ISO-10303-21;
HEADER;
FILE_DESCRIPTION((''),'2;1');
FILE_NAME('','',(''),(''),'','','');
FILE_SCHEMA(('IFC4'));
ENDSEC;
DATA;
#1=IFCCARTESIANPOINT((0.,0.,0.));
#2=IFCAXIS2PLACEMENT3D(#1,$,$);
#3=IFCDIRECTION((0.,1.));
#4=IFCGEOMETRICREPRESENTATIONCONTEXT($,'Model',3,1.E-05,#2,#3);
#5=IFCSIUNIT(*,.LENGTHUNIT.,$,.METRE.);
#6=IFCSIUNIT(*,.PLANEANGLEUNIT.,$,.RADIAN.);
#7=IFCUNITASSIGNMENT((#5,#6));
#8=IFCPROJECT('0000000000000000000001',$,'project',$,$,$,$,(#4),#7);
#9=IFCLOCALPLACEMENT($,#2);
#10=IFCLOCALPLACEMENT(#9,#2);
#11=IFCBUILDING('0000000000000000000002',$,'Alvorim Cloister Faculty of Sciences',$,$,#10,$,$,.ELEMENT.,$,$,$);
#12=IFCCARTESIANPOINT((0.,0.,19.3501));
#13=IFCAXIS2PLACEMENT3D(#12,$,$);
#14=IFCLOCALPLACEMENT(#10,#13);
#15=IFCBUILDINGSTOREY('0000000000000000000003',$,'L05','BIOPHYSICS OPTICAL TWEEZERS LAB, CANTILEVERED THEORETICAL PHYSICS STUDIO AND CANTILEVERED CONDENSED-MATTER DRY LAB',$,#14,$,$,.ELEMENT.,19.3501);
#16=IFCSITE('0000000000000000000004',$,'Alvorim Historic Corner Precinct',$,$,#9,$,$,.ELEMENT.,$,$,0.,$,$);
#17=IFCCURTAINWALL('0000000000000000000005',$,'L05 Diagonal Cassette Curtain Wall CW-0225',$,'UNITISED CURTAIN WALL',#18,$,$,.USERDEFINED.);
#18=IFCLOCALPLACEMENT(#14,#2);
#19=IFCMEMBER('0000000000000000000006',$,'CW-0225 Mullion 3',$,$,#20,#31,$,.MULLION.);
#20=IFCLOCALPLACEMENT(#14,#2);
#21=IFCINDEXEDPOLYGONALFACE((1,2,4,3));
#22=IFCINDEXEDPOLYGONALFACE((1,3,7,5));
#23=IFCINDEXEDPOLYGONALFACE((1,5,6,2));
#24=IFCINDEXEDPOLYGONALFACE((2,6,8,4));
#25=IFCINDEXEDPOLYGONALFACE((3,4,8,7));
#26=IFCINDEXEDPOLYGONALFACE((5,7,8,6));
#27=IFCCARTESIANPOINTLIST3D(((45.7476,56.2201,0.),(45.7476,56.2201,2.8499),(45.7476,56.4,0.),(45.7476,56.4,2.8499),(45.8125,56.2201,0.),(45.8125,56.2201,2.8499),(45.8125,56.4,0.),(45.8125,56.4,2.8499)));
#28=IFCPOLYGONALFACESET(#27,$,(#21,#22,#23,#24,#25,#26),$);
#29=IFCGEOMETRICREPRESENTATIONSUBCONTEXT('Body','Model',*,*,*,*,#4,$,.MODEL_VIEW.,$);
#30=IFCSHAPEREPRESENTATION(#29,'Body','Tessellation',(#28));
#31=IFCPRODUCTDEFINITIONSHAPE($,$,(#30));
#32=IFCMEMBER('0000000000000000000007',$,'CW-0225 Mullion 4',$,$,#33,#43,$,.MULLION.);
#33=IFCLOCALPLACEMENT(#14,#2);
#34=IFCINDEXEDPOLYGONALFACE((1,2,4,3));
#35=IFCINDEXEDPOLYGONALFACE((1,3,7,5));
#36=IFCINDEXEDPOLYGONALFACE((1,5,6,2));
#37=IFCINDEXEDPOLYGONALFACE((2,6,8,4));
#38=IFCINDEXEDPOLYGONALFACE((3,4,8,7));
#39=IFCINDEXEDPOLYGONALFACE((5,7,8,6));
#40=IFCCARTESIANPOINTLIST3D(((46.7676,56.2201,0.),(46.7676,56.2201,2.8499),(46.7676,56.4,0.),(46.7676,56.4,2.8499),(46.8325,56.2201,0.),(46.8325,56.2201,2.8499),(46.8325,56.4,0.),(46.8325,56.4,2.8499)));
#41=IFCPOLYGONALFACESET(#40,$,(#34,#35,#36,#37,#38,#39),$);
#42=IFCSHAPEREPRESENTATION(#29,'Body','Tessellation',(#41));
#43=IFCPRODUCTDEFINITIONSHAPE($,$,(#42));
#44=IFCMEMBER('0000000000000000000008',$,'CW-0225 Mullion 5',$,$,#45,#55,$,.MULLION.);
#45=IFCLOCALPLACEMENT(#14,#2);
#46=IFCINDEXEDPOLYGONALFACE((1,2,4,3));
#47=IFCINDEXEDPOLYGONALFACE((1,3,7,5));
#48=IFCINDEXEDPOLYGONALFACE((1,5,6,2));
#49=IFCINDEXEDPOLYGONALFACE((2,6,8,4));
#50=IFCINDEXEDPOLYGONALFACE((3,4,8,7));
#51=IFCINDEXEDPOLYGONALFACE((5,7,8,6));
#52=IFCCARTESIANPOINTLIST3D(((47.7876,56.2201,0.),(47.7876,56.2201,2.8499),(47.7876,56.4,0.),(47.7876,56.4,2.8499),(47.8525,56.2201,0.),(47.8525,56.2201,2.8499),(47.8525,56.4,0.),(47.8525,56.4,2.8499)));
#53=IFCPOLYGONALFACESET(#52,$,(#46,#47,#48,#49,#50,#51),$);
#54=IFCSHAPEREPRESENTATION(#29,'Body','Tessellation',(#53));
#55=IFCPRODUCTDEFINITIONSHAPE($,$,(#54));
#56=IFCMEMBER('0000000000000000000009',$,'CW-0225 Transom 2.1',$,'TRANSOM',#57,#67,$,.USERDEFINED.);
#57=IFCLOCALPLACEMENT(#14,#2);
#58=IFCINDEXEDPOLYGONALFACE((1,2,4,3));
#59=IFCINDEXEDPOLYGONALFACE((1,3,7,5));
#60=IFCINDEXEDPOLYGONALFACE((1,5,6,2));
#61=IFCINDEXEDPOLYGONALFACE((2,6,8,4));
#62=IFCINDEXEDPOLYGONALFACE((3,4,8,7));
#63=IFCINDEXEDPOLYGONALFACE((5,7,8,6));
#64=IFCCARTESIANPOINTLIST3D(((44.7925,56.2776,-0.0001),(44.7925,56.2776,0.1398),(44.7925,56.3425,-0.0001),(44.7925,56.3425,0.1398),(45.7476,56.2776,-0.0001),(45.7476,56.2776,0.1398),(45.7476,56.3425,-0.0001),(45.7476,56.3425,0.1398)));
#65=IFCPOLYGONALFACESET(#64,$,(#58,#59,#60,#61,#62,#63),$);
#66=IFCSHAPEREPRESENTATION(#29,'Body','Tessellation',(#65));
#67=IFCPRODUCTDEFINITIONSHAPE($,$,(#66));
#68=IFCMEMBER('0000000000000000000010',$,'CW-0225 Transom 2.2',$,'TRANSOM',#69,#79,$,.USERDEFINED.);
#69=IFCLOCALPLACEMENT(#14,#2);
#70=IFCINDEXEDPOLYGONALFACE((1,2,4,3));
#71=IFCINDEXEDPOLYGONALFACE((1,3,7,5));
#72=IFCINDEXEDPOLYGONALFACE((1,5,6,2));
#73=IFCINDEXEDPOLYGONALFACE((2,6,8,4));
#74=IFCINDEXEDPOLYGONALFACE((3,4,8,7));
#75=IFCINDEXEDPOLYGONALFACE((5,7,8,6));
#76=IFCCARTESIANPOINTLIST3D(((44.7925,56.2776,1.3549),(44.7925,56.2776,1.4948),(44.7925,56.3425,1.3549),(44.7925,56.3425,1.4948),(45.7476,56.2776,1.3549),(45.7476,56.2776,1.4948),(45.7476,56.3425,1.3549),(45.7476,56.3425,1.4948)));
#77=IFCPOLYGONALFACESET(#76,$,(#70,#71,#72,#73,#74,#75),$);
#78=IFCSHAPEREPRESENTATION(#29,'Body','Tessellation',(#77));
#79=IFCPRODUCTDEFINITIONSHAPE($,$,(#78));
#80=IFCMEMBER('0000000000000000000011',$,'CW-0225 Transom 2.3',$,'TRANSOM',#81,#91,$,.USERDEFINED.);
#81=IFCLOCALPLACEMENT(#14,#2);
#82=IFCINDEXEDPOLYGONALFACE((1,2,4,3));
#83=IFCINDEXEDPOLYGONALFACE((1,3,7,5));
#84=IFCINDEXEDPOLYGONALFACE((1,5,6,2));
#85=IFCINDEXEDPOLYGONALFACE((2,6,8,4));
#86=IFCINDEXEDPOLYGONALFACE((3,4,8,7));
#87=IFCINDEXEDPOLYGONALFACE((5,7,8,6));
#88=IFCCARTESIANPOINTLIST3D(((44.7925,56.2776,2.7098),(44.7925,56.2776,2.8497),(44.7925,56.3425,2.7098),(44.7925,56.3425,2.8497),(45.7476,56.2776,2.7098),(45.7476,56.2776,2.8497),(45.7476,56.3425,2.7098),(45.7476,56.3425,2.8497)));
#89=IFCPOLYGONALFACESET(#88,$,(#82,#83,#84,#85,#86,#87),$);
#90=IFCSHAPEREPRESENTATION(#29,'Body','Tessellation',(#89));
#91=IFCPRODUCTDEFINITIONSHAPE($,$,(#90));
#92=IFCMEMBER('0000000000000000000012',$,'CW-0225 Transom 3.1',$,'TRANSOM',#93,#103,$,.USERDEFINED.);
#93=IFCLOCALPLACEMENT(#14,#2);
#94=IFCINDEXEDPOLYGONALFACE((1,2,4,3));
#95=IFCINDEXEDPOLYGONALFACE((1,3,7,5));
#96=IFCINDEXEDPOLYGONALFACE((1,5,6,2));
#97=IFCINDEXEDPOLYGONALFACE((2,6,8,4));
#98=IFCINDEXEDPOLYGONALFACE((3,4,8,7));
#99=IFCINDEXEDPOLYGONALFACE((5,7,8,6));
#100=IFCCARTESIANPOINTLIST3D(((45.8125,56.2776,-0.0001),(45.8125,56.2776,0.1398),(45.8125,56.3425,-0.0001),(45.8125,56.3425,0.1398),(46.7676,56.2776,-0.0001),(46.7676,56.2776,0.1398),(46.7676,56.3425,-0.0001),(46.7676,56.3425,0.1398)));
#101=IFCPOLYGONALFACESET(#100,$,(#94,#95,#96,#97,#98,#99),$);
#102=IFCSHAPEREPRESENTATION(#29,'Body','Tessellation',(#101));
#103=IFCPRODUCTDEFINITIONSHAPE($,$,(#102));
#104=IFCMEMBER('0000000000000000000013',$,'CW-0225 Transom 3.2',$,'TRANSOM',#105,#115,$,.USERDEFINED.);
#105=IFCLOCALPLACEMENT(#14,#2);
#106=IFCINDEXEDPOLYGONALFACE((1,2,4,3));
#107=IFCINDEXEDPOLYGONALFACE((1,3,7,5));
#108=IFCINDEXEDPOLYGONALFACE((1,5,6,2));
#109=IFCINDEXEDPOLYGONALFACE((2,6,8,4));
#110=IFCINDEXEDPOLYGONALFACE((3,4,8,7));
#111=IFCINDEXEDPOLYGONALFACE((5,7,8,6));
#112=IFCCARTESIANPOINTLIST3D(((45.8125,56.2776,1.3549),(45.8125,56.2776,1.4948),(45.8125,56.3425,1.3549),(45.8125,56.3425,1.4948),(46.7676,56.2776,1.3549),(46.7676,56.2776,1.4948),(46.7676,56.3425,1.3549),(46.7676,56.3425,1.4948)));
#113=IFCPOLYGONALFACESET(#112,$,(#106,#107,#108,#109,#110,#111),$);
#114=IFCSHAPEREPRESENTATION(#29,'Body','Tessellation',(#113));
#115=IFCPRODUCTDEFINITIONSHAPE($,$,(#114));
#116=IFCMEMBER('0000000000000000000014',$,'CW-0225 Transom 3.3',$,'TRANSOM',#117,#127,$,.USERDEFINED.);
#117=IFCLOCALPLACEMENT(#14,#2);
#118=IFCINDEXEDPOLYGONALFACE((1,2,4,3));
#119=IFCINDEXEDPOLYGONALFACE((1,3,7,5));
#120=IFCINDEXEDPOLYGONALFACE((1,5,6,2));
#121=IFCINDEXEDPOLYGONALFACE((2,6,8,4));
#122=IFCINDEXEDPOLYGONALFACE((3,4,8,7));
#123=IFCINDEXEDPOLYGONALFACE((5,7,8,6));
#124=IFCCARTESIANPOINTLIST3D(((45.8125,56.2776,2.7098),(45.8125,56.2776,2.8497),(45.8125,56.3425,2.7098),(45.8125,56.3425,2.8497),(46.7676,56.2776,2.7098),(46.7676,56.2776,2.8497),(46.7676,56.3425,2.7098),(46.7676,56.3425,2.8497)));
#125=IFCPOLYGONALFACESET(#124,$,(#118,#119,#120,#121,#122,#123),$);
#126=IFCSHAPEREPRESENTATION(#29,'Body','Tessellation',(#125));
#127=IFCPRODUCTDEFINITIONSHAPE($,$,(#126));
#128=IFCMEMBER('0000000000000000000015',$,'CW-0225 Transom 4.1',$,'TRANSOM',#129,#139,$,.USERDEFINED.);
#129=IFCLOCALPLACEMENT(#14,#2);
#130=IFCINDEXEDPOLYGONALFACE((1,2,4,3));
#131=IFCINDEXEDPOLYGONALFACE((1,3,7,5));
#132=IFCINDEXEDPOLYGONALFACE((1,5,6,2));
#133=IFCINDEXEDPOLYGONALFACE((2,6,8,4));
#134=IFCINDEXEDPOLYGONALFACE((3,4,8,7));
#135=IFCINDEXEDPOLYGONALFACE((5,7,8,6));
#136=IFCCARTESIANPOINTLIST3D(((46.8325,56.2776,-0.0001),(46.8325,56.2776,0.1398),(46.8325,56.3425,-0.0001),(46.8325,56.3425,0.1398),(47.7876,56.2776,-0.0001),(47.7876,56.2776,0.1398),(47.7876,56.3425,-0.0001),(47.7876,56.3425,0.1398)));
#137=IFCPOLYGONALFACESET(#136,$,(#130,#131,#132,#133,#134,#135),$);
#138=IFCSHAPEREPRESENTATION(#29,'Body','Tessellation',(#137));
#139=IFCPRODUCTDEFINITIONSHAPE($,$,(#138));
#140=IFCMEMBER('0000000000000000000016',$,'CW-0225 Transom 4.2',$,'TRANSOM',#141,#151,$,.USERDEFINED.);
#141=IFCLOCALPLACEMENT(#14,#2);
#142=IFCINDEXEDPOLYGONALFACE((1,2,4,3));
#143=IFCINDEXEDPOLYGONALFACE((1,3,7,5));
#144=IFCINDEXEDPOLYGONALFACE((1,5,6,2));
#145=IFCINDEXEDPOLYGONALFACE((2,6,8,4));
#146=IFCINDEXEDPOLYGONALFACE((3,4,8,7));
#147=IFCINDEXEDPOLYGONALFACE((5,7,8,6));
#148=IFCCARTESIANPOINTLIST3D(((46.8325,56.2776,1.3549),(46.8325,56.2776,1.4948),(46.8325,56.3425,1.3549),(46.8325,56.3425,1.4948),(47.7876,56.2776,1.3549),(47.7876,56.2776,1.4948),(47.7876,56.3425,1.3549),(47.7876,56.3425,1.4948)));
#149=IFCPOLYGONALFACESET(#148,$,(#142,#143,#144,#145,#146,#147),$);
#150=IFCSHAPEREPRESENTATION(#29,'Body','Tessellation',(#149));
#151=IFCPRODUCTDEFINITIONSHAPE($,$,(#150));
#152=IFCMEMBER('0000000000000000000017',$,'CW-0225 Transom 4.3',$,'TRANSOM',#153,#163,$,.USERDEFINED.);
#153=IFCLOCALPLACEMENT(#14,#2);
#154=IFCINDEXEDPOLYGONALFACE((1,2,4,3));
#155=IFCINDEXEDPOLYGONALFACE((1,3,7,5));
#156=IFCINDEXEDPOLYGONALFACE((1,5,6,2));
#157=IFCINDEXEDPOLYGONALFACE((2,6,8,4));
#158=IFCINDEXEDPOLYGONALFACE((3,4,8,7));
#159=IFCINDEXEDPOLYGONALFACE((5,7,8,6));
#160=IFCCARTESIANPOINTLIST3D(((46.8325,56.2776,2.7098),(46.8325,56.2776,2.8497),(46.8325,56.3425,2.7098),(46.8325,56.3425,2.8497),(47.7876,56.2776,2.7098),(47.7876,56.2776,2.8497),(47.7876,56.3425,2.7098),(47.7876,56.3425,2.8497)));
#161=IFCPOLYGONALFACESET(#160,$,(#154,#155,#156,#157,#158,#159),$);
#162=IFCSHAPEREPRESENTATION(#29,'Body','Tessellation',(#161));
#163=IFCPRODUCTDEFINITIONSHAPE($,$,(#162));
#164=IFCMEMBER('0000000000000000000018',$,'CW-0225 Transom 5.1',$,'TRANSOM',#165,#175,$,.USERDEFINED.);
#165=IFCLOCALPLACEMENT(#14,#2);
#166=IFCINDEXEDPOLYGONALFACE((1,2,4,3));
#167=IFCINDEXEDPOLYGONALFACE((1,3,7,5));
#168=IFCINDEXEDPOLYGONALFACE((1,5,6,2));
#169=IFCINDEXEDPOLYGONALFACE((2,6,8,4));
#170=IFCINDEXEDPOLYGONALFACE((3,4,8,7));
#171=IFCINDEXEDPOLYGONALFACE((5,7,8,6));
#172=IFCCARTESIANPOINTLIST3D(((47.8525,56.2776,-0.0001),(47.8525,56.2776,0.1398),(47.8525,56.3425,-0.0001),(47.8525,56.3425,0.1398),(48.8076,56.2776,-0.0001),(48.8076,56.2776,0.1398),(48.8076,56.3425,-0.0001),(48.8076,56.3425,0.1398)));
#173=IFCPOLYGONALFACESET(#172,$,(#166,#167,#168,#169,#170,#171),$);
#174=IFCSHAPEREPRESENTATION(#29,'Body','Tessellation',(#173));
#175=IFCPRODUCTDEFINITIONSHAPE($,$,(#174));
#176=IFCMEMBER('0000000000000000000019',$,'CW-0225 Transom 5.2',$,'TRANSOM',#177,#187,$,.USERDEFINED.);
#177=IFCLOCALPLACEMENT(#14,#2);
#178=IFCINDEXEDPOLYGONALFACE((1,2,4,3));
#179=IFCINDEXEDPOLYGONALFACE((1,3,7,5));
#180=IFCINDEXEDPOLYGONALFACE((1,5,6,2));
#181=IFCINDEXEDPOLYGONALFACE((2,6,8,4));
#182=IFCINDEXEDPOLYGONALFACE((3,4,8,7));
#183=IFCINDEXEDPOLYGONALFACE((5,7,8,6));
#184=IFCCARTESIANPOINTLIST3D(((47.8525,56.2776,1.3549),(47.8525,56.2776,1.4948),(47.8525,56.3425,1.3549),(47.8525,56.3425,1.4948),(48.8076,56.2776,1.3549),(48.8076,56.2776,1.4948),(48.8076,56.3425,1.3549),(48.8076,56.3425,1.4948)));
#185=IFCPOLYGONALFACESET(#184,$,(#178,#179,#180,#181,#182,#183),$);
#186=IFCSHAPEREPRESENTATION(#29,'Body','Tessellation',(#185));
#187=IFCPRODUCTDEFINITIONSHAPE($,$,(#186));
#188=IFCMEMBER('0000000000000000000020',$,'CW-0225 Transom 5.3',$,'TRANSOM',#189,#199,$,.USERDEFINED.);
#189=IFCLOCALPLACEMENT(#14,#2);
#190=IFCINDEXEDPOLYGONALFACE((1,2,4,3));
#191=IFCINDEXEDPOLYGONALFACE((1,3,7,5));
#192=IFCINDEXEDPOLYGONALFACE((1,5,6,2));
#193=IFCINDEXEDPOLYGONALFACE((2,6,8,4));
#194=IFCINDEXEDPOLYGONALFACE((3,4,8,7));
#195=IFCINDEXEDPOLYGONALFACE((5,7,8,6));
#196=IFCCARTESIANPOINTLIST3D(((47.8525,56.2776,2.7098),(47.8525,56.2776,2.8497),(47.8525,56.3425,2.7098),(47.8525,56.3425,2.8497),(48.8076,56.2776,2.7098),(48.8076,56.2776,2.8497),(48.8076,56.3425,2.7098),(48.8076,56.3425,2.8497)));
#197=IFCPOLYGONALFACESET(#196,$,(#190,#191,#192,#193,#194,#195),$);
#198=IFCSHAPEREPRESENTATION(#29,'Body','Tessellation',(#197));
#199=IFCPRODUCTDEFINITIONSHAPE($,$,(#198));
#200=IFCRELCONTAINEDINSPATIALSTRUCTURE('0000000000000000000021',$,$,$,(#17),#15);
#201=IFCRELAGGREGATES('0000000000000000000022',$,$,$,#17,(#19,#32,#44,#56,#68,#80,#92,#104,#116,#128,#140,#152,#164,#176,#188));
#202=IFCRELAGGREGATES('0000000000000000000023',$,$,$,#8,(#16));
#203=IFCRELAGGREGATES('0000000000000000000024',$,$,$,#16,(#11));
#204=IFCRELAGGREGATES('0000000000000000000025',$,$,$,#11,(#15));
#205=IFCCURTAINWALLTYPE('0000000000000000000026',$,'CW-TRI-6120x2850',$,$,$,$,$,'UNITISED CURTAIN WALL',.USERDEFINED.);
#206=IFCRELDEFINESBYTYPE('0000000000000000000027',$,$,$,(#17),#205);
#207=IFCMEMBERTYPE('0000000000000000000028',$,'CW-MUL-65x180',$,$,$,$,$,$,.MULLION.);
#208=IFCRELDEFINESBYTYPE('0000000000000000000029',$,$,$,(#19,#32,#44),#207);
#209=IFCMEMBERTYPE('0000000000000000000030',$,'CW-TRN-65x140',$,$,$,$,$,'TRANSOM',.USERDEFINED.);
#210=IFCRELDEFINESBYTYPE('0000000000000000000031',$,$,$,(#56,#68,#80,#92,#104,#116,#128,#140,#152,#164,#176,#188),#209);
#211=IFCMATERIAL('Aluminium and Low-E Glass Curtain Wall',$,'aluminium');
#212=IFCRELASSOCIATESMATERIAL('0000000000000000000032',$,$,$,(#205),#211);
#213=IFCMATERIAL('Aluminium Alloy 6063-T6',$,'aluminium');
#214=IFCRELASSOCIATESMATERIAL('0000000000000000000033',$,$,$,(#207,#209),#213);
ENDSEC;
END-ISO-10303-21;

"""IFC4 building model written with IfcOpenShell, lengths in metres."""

from ifc_helpers import new_model, si_unit, direction, frame, origin, origin_2d, place, context, subcontext, project, spatial, rectangle, extrude, material, material_profile, profile_set, type_object, element, aggregate, save


model = new_model("IFC4")

# Units and contexts
model_context = context("Model", 3, precision=1e-05, world=origin(), true_north=direction((0.0, 1.0)))
body_context = subcontext(model_context, "Body", "Model", "MODEL_VIEW")
ifc_project = project(units=[si_unit("LENGTHUNIT", "METRE"), si_unit("PLANEANGLEUNIT", "RADIAN")], contexts=[model_context])

# Site, building, storey
site_placement = place(None, origin())
site = spatial("IfcSite", under=ifc_project, at=site_placement, Name="Alvorim Historic Corner Precinct", CompositionType="ELEMENT", RefElevation=0.0)
building_placement = place(site_placement, origin())
building = spatial("IfcBuilding", under=site, at=building_placement, Name="Alvorim Cloister Faculty of Sciences", CompositionType="ELEMENT")
storey_placement = place(building_placement, frame((0.0, 0.0, 19.3501)))
storey = spatial("IfcBuildingStorey", under=building, at=storey_placement, Name="L05", Description="BIOPHYSICS OPTICAL TWEEZERS LAB, CANTILEVERED THEORETICAL PHYSICS STUDIO AND CANTILEVERED CONDENSED-MATTER DRY LAB", CompositionType="ELEMENT", Elevation=19.3501)

# Curtain wall, members
ifc_material_1 = material(Name="Aluminium and Low-E Glass Curtain Wall", Category="aluminium")
curtain_wall_type = type_object("IfcCurtainWallType", Name="CW-TRI-6120x2850", ElementType="UNITISED CURTAIN WALL", PredefinedType="USERDEFINED", material=ifc_material_1)
curtain_wall_placement = place(storey_placement, origin())
curtain_wall = element("IfcCurtainWall", 1, at=curtain_wall_placement, inside=storey, type_object=curtain_wall_type, Name="L05 Diagonal Cassette Curtain Wall CW-0225", ObjectType="UNITISED CURTAIN WALL", PredefinedType="USERDEFINED")
ifc_material_2 = material(Name="Aluminium Alloy 6063-T6", Category="aluminium")
ifc_material_profile_1 = material_profile(ifc_material_2, rectangle(XDim=0.0649, YDim=0.1799, at=origin_2d()), Name="ALU-MUL-65x180")
ifc_profile_set_1 = profile_set([ifc_material_profile_1], Name="Aluminium Alloy 6063-T6")
member_type_1 = type_object("IfcMemberType", Name="CW-MUL-65x180", PredefinedType="MULLION", material=ifc_profile_set_1)
member_1_placement = place(storey_placement, frame((45.78, 56.3101, 0.0), z_axis=(0.0, 0.0, 1.0), x_axis=(1.0, 0.0, 0.0)))
member_1 = element("IfcMember", 2, at=member_1_placement, type_object=member_type_1, Name="CW-0225 Mullion 3", PredefinedType="MULLION", context=body_context, shape_type="SweptSolid", body=[
    extrude(rectangle(XDim=0.0649, YDim=0.1799, at=origin_2d()), origin(), (0.0, 0.0, 1.0), 2.8499),
])
member_2_placement = place(storey_placement, frame((46.8, 56.3101, 0.0), z_axis=(0.0, 0.0, 1.0), x_axis=(1.0, 0.0, 0.0)))
member_2 = element("IfcMember", 3, at=member_2_placement, type_object=member_type_1, Name="CW-0225 Mullion 4", PredefinedType="MULLION", context=body_context, shape_type="SweptSolid", body=[
    extrude(rectangle(XDim=0.0649, YDim=0.1799, at=origin_2d()), origin(), (0.0, 0.0, 1.0), 2.8499),
])
member_3_placement = place(storey_placement, frame((47.8201, 56.3101, 0.0), z_axis=(0.0, 0.0, 1.0), x_axis=(1.0, 0.0, 0.0)))
member_3 = element("IfcMember", 4, at=member_3_placement, type_object=member_type_1, Name="CW-0225 Mullion 5", PredefinedType="MULLION", context=body_context, shape_type="SweptSolid", body=[
    extrude(rectangle(XDim=0.0649, YDim=0.1799, at=origin_2d()), origin(), (0.0, 0.0, 1.0), 2.8499),
])
ifc_material_profile_2 = material_profile(ifc_material_2, rectangle(XDim=0.0649, YDim=0.1399, at=origin_2d()), Name="ALU-TRN-65x140")
ifc_profile_set_2 = profile_set([ifc_material_profile_2], Name="Aluminium Alloy 6063-T6")
member_type_2 = type_object("IfcMemberType", Name="CW-TRN-65x140", ElementType="TRANSOM", PredefinedType="USERDEFINED", material=ifc_profile_set_2)
member_4_placement = place(storey_placement, frame((44.7925, 56.3101, 0.0698), z_axis=(1.0, 0.0, 0.0), x_axis=(0.0, 1.0, 0.0)))
member_4 = element("IfcMember", 5, at=member_4_placement, type_object=member_type_2, Name="CW-0225 Transom 2.1", ObjectType="TRANSOM", PredefinedType="USERDEFINED", context=body_context, shape_type="SweptSolid", body=[
    extrude(rectangle(XDim=0.0649, YDim=0.1399, at=origin_2d()), origin(), (0.0, 0.0, 1.0), 0.9551),
])
member_5_placement = place(storey_placement, frame((44.7925, 56.3101, 1.4248), z_axis=(1.0, 0.0, 0.0), x_axis=(0.0, 1.0, 0.0)))
member_5 = element("IfcMember", 6, at=member_5_placement, type_object=member_type_2, Name="CW-0225 Transom 2.2", ObjectType="TRANSOM", PredefinedType="USERDEFINED", context=body_context, shape_type="SweptSolid", body=[
    extrude(rectangle(XDim=0.0649, YDim=0.1399, at=origin_2d()), origin(), (0.0, 0.0, 1.0), 0.9551),
])
member_6_placement = place(storey_placement, frame((44.7925, 56.3101, 2.7798), z_axis=(1.0, 0.0, 0.0), x_axis=(0.0, 1.0, 0.0)))
member_6 = element("IfcMember", 7, at=member_6_placement, type_object=member_type_2, Name="CW-0225 Transom 2.3", ObjectType="TRANSOM", PredefinedType="USERDEFINED", context=body_context, shape_type="SweptSolid", body=[
    extrude(rectangle(XDim=0.0649, YDim=0.1399, at=origin_2d()), origin(), (0.0, 0.0, 1.0), 0.9551),
])
member_7_placement = place(storey_placement, frame((45.8125, 56.3101, 0.0698), z_axis=(1.0, 0.0, 0.0), x_axis=(0.0, 1.0, 0.0)))
member_7 = element("IfcMember", 8, at=member_7_placement, type_object=member_type_2, Name="CW-0225 Transom 3.1", ObjectType="TRANSOM", PredefinedType="USERDEFINED", context=body_context, shape_type="SweptSolid", body=[
    extrude(rectangle(XDim=0.0649, YDim=0.1399, at=origin_2d()), origin(), (0.0, 0.0, 1.0), 0.9551),
])
member_8_placement = place(storey_placement, frame((45.8125, 56.3101, 1.4248), z_axis=(1.0, 0.0, 0.0), x_axis=(0.0, 1.0, 0.0)))
member_8 = element("IfcMember", 9, at=member_8_placement, type_object=member_type_2, Name="CW-0225 Transom 3.2", ObjectType="TRANSOM", PredefinedType="USERDEFINED", context=body_context, shape_type="SweptSolid", body=[
    extrude(rectangle(XDim=0.0649, YDim=0.1399, at=origin_2d()), origin(), (0.0, 0.0, 1.0), 0.9551),
])
member_9_placement = place(storey_placement, frame((45.8125, 56.3101, 2.7798), z_axis=(1.0, 0.0, 0.0), x_axis=(0.0, 1.0, 0.0)))
member_9 = element("IfcMember", 10, at=member_9_placement, type_object=member_type_2, Name="CW-0225 Transom 3.3", ObjectType="TRANSOM", PredefinedType="USERDEFINED", context=body_context, shape_type="SweptSolid", body=[
    extrude(rectangle(XDim=0.0649, YDim=0.1399, at=origin_2d()), origin(), (0.0, 0.0, 1.0), 0.9551),
])
member_10_placement = place(storey_placement, frame((46.8325, 56.3101, 0.0698), z_axis=(1.0, 0.0, 0.0), x_axis=(0.0, 1.0, 0.0)))
member_10 = element("IfcMember", 11, at=member_10_placement, type_object=member_type_2, Name="CW-0225 Transom 4.1", ObjectType="TRANSOM", PredefinedType="USERDEFINED", context=body_context, shape_type="SweptSolid", body=[
    extrude(rectangle(XDim=0.0649, YDim=0.1399, at=origin_2d()), origin(), (0.0, 0.0, 1.0), 0.9551),
])
member_11_placement = place(storey_placement, frame((46.8325, 56.3101, 1.4248), z_axis=(1.0, 0.0, 0.0), x_axis=(0.0, 1.0, 0.0)))
member_11 = element("IfcMember", 12, at=member_11_placement, type_object=member_type_2, Name="CW-0225 Transom 4.2", ObjectType="TRANSOM", PredefinedType="USERDEFINED", context=body_context, shape_type="SweptSolid", body=[
    extrude(rectangle(XDim=0.0649, YDim=0.1399, at=origin_2d()), origin(), (0.0, 0.0, 1.0), 0.9551),
])
member_12_placement = place(storey_placement, frame((46.8325, 56.3101, 2.7798), z_axis=(1.0, 0.0, 0.0), x_axis=(0.0, 1.0, 0.0)))
member_12 = element("IfcMember", 13, at=member_12_placement, type_object=member_type_2, Name="CW-0225 Transom 4.3", ObjectType="TRANSOM", PredefinedType="USERDEFINED", context=body_context, shape_type="SweptSolid", body=[
    extrude(rectangle(XDim=0.0649, YDim=0.1399, at=origin_2d()), origin(), (0.0, 0.0, 1.0), 0.9551),
])
member_13_placement = place(storey_placement, frame((47.8525, 56.3101, 0.0698), z_axis=(1.0, 0.0, 0.0), x_axis=(0.0, 1.0, 0.0)))
member_13 = element("IfcMember", 14, at=member_13_placement, type_object=member_type_2, Name="CW-0225 Transom 5.1", ObjectType="TRANSOM", PredefinedType="USERDEFINED", context=body_context, shape_type="SweptSolid", body=[
    extrude(rectangle(XDim=0.0649, YDim=0.1399, at=origin_2d()), origin(), (0.0, 0.0, 1.0), 0.9551),
])
member_14_placement = place(storey_placement, frame((47.8525, 56.3101, 1.4248), z_axis=(1.0, 0.0, 0.0), x_axis=(0.0, 1.0, 0.0)))
member_14 = element("IfcMember", 15, at=member_14_placement, type_object=member_type_2, Name="CW-0225 Transom 5.2", ObjectType="TRANSOM", PredefinedType="USERDEFINED", context=body_context, shape_type="SweptSolid", body=[
    extrude(rectangle(XDim=0.0649, YDim=0.1399, at=origin_2d()), origin(), (0.0, 0.0, 1.0), 0.9551),
])
member_15_placement = place(storey_placement, frame((47.8525, 56.3101, 2.7798), z_axis=(1.0, 0.0, 0.0), x_axis=(0.0, 1.0, 0.0)))
member_15 = element("IfcMember", 16, at=member_15_placement, type_object=member_type_2, Name="CW-0225 Transom 5.3", ObjectType="TRANSOM", PredefinedType="USERDEFINED", context=body_context, shape_type="SweptSolid", body=[
    extrude(rectangle(XDim=0.0649, YDim=0.1399, at=origin_2d()), origin(), (0.0, 0.0, 1.0), 0.9551),
])
aggregate(curtain_wall, [member_1, member_2, member_3, member_4, member_5, member_6, member_7, member_8, member_9, member_10, member_11, member_12, member_13, member_14, member_15])

save(model, "model.ifc")
